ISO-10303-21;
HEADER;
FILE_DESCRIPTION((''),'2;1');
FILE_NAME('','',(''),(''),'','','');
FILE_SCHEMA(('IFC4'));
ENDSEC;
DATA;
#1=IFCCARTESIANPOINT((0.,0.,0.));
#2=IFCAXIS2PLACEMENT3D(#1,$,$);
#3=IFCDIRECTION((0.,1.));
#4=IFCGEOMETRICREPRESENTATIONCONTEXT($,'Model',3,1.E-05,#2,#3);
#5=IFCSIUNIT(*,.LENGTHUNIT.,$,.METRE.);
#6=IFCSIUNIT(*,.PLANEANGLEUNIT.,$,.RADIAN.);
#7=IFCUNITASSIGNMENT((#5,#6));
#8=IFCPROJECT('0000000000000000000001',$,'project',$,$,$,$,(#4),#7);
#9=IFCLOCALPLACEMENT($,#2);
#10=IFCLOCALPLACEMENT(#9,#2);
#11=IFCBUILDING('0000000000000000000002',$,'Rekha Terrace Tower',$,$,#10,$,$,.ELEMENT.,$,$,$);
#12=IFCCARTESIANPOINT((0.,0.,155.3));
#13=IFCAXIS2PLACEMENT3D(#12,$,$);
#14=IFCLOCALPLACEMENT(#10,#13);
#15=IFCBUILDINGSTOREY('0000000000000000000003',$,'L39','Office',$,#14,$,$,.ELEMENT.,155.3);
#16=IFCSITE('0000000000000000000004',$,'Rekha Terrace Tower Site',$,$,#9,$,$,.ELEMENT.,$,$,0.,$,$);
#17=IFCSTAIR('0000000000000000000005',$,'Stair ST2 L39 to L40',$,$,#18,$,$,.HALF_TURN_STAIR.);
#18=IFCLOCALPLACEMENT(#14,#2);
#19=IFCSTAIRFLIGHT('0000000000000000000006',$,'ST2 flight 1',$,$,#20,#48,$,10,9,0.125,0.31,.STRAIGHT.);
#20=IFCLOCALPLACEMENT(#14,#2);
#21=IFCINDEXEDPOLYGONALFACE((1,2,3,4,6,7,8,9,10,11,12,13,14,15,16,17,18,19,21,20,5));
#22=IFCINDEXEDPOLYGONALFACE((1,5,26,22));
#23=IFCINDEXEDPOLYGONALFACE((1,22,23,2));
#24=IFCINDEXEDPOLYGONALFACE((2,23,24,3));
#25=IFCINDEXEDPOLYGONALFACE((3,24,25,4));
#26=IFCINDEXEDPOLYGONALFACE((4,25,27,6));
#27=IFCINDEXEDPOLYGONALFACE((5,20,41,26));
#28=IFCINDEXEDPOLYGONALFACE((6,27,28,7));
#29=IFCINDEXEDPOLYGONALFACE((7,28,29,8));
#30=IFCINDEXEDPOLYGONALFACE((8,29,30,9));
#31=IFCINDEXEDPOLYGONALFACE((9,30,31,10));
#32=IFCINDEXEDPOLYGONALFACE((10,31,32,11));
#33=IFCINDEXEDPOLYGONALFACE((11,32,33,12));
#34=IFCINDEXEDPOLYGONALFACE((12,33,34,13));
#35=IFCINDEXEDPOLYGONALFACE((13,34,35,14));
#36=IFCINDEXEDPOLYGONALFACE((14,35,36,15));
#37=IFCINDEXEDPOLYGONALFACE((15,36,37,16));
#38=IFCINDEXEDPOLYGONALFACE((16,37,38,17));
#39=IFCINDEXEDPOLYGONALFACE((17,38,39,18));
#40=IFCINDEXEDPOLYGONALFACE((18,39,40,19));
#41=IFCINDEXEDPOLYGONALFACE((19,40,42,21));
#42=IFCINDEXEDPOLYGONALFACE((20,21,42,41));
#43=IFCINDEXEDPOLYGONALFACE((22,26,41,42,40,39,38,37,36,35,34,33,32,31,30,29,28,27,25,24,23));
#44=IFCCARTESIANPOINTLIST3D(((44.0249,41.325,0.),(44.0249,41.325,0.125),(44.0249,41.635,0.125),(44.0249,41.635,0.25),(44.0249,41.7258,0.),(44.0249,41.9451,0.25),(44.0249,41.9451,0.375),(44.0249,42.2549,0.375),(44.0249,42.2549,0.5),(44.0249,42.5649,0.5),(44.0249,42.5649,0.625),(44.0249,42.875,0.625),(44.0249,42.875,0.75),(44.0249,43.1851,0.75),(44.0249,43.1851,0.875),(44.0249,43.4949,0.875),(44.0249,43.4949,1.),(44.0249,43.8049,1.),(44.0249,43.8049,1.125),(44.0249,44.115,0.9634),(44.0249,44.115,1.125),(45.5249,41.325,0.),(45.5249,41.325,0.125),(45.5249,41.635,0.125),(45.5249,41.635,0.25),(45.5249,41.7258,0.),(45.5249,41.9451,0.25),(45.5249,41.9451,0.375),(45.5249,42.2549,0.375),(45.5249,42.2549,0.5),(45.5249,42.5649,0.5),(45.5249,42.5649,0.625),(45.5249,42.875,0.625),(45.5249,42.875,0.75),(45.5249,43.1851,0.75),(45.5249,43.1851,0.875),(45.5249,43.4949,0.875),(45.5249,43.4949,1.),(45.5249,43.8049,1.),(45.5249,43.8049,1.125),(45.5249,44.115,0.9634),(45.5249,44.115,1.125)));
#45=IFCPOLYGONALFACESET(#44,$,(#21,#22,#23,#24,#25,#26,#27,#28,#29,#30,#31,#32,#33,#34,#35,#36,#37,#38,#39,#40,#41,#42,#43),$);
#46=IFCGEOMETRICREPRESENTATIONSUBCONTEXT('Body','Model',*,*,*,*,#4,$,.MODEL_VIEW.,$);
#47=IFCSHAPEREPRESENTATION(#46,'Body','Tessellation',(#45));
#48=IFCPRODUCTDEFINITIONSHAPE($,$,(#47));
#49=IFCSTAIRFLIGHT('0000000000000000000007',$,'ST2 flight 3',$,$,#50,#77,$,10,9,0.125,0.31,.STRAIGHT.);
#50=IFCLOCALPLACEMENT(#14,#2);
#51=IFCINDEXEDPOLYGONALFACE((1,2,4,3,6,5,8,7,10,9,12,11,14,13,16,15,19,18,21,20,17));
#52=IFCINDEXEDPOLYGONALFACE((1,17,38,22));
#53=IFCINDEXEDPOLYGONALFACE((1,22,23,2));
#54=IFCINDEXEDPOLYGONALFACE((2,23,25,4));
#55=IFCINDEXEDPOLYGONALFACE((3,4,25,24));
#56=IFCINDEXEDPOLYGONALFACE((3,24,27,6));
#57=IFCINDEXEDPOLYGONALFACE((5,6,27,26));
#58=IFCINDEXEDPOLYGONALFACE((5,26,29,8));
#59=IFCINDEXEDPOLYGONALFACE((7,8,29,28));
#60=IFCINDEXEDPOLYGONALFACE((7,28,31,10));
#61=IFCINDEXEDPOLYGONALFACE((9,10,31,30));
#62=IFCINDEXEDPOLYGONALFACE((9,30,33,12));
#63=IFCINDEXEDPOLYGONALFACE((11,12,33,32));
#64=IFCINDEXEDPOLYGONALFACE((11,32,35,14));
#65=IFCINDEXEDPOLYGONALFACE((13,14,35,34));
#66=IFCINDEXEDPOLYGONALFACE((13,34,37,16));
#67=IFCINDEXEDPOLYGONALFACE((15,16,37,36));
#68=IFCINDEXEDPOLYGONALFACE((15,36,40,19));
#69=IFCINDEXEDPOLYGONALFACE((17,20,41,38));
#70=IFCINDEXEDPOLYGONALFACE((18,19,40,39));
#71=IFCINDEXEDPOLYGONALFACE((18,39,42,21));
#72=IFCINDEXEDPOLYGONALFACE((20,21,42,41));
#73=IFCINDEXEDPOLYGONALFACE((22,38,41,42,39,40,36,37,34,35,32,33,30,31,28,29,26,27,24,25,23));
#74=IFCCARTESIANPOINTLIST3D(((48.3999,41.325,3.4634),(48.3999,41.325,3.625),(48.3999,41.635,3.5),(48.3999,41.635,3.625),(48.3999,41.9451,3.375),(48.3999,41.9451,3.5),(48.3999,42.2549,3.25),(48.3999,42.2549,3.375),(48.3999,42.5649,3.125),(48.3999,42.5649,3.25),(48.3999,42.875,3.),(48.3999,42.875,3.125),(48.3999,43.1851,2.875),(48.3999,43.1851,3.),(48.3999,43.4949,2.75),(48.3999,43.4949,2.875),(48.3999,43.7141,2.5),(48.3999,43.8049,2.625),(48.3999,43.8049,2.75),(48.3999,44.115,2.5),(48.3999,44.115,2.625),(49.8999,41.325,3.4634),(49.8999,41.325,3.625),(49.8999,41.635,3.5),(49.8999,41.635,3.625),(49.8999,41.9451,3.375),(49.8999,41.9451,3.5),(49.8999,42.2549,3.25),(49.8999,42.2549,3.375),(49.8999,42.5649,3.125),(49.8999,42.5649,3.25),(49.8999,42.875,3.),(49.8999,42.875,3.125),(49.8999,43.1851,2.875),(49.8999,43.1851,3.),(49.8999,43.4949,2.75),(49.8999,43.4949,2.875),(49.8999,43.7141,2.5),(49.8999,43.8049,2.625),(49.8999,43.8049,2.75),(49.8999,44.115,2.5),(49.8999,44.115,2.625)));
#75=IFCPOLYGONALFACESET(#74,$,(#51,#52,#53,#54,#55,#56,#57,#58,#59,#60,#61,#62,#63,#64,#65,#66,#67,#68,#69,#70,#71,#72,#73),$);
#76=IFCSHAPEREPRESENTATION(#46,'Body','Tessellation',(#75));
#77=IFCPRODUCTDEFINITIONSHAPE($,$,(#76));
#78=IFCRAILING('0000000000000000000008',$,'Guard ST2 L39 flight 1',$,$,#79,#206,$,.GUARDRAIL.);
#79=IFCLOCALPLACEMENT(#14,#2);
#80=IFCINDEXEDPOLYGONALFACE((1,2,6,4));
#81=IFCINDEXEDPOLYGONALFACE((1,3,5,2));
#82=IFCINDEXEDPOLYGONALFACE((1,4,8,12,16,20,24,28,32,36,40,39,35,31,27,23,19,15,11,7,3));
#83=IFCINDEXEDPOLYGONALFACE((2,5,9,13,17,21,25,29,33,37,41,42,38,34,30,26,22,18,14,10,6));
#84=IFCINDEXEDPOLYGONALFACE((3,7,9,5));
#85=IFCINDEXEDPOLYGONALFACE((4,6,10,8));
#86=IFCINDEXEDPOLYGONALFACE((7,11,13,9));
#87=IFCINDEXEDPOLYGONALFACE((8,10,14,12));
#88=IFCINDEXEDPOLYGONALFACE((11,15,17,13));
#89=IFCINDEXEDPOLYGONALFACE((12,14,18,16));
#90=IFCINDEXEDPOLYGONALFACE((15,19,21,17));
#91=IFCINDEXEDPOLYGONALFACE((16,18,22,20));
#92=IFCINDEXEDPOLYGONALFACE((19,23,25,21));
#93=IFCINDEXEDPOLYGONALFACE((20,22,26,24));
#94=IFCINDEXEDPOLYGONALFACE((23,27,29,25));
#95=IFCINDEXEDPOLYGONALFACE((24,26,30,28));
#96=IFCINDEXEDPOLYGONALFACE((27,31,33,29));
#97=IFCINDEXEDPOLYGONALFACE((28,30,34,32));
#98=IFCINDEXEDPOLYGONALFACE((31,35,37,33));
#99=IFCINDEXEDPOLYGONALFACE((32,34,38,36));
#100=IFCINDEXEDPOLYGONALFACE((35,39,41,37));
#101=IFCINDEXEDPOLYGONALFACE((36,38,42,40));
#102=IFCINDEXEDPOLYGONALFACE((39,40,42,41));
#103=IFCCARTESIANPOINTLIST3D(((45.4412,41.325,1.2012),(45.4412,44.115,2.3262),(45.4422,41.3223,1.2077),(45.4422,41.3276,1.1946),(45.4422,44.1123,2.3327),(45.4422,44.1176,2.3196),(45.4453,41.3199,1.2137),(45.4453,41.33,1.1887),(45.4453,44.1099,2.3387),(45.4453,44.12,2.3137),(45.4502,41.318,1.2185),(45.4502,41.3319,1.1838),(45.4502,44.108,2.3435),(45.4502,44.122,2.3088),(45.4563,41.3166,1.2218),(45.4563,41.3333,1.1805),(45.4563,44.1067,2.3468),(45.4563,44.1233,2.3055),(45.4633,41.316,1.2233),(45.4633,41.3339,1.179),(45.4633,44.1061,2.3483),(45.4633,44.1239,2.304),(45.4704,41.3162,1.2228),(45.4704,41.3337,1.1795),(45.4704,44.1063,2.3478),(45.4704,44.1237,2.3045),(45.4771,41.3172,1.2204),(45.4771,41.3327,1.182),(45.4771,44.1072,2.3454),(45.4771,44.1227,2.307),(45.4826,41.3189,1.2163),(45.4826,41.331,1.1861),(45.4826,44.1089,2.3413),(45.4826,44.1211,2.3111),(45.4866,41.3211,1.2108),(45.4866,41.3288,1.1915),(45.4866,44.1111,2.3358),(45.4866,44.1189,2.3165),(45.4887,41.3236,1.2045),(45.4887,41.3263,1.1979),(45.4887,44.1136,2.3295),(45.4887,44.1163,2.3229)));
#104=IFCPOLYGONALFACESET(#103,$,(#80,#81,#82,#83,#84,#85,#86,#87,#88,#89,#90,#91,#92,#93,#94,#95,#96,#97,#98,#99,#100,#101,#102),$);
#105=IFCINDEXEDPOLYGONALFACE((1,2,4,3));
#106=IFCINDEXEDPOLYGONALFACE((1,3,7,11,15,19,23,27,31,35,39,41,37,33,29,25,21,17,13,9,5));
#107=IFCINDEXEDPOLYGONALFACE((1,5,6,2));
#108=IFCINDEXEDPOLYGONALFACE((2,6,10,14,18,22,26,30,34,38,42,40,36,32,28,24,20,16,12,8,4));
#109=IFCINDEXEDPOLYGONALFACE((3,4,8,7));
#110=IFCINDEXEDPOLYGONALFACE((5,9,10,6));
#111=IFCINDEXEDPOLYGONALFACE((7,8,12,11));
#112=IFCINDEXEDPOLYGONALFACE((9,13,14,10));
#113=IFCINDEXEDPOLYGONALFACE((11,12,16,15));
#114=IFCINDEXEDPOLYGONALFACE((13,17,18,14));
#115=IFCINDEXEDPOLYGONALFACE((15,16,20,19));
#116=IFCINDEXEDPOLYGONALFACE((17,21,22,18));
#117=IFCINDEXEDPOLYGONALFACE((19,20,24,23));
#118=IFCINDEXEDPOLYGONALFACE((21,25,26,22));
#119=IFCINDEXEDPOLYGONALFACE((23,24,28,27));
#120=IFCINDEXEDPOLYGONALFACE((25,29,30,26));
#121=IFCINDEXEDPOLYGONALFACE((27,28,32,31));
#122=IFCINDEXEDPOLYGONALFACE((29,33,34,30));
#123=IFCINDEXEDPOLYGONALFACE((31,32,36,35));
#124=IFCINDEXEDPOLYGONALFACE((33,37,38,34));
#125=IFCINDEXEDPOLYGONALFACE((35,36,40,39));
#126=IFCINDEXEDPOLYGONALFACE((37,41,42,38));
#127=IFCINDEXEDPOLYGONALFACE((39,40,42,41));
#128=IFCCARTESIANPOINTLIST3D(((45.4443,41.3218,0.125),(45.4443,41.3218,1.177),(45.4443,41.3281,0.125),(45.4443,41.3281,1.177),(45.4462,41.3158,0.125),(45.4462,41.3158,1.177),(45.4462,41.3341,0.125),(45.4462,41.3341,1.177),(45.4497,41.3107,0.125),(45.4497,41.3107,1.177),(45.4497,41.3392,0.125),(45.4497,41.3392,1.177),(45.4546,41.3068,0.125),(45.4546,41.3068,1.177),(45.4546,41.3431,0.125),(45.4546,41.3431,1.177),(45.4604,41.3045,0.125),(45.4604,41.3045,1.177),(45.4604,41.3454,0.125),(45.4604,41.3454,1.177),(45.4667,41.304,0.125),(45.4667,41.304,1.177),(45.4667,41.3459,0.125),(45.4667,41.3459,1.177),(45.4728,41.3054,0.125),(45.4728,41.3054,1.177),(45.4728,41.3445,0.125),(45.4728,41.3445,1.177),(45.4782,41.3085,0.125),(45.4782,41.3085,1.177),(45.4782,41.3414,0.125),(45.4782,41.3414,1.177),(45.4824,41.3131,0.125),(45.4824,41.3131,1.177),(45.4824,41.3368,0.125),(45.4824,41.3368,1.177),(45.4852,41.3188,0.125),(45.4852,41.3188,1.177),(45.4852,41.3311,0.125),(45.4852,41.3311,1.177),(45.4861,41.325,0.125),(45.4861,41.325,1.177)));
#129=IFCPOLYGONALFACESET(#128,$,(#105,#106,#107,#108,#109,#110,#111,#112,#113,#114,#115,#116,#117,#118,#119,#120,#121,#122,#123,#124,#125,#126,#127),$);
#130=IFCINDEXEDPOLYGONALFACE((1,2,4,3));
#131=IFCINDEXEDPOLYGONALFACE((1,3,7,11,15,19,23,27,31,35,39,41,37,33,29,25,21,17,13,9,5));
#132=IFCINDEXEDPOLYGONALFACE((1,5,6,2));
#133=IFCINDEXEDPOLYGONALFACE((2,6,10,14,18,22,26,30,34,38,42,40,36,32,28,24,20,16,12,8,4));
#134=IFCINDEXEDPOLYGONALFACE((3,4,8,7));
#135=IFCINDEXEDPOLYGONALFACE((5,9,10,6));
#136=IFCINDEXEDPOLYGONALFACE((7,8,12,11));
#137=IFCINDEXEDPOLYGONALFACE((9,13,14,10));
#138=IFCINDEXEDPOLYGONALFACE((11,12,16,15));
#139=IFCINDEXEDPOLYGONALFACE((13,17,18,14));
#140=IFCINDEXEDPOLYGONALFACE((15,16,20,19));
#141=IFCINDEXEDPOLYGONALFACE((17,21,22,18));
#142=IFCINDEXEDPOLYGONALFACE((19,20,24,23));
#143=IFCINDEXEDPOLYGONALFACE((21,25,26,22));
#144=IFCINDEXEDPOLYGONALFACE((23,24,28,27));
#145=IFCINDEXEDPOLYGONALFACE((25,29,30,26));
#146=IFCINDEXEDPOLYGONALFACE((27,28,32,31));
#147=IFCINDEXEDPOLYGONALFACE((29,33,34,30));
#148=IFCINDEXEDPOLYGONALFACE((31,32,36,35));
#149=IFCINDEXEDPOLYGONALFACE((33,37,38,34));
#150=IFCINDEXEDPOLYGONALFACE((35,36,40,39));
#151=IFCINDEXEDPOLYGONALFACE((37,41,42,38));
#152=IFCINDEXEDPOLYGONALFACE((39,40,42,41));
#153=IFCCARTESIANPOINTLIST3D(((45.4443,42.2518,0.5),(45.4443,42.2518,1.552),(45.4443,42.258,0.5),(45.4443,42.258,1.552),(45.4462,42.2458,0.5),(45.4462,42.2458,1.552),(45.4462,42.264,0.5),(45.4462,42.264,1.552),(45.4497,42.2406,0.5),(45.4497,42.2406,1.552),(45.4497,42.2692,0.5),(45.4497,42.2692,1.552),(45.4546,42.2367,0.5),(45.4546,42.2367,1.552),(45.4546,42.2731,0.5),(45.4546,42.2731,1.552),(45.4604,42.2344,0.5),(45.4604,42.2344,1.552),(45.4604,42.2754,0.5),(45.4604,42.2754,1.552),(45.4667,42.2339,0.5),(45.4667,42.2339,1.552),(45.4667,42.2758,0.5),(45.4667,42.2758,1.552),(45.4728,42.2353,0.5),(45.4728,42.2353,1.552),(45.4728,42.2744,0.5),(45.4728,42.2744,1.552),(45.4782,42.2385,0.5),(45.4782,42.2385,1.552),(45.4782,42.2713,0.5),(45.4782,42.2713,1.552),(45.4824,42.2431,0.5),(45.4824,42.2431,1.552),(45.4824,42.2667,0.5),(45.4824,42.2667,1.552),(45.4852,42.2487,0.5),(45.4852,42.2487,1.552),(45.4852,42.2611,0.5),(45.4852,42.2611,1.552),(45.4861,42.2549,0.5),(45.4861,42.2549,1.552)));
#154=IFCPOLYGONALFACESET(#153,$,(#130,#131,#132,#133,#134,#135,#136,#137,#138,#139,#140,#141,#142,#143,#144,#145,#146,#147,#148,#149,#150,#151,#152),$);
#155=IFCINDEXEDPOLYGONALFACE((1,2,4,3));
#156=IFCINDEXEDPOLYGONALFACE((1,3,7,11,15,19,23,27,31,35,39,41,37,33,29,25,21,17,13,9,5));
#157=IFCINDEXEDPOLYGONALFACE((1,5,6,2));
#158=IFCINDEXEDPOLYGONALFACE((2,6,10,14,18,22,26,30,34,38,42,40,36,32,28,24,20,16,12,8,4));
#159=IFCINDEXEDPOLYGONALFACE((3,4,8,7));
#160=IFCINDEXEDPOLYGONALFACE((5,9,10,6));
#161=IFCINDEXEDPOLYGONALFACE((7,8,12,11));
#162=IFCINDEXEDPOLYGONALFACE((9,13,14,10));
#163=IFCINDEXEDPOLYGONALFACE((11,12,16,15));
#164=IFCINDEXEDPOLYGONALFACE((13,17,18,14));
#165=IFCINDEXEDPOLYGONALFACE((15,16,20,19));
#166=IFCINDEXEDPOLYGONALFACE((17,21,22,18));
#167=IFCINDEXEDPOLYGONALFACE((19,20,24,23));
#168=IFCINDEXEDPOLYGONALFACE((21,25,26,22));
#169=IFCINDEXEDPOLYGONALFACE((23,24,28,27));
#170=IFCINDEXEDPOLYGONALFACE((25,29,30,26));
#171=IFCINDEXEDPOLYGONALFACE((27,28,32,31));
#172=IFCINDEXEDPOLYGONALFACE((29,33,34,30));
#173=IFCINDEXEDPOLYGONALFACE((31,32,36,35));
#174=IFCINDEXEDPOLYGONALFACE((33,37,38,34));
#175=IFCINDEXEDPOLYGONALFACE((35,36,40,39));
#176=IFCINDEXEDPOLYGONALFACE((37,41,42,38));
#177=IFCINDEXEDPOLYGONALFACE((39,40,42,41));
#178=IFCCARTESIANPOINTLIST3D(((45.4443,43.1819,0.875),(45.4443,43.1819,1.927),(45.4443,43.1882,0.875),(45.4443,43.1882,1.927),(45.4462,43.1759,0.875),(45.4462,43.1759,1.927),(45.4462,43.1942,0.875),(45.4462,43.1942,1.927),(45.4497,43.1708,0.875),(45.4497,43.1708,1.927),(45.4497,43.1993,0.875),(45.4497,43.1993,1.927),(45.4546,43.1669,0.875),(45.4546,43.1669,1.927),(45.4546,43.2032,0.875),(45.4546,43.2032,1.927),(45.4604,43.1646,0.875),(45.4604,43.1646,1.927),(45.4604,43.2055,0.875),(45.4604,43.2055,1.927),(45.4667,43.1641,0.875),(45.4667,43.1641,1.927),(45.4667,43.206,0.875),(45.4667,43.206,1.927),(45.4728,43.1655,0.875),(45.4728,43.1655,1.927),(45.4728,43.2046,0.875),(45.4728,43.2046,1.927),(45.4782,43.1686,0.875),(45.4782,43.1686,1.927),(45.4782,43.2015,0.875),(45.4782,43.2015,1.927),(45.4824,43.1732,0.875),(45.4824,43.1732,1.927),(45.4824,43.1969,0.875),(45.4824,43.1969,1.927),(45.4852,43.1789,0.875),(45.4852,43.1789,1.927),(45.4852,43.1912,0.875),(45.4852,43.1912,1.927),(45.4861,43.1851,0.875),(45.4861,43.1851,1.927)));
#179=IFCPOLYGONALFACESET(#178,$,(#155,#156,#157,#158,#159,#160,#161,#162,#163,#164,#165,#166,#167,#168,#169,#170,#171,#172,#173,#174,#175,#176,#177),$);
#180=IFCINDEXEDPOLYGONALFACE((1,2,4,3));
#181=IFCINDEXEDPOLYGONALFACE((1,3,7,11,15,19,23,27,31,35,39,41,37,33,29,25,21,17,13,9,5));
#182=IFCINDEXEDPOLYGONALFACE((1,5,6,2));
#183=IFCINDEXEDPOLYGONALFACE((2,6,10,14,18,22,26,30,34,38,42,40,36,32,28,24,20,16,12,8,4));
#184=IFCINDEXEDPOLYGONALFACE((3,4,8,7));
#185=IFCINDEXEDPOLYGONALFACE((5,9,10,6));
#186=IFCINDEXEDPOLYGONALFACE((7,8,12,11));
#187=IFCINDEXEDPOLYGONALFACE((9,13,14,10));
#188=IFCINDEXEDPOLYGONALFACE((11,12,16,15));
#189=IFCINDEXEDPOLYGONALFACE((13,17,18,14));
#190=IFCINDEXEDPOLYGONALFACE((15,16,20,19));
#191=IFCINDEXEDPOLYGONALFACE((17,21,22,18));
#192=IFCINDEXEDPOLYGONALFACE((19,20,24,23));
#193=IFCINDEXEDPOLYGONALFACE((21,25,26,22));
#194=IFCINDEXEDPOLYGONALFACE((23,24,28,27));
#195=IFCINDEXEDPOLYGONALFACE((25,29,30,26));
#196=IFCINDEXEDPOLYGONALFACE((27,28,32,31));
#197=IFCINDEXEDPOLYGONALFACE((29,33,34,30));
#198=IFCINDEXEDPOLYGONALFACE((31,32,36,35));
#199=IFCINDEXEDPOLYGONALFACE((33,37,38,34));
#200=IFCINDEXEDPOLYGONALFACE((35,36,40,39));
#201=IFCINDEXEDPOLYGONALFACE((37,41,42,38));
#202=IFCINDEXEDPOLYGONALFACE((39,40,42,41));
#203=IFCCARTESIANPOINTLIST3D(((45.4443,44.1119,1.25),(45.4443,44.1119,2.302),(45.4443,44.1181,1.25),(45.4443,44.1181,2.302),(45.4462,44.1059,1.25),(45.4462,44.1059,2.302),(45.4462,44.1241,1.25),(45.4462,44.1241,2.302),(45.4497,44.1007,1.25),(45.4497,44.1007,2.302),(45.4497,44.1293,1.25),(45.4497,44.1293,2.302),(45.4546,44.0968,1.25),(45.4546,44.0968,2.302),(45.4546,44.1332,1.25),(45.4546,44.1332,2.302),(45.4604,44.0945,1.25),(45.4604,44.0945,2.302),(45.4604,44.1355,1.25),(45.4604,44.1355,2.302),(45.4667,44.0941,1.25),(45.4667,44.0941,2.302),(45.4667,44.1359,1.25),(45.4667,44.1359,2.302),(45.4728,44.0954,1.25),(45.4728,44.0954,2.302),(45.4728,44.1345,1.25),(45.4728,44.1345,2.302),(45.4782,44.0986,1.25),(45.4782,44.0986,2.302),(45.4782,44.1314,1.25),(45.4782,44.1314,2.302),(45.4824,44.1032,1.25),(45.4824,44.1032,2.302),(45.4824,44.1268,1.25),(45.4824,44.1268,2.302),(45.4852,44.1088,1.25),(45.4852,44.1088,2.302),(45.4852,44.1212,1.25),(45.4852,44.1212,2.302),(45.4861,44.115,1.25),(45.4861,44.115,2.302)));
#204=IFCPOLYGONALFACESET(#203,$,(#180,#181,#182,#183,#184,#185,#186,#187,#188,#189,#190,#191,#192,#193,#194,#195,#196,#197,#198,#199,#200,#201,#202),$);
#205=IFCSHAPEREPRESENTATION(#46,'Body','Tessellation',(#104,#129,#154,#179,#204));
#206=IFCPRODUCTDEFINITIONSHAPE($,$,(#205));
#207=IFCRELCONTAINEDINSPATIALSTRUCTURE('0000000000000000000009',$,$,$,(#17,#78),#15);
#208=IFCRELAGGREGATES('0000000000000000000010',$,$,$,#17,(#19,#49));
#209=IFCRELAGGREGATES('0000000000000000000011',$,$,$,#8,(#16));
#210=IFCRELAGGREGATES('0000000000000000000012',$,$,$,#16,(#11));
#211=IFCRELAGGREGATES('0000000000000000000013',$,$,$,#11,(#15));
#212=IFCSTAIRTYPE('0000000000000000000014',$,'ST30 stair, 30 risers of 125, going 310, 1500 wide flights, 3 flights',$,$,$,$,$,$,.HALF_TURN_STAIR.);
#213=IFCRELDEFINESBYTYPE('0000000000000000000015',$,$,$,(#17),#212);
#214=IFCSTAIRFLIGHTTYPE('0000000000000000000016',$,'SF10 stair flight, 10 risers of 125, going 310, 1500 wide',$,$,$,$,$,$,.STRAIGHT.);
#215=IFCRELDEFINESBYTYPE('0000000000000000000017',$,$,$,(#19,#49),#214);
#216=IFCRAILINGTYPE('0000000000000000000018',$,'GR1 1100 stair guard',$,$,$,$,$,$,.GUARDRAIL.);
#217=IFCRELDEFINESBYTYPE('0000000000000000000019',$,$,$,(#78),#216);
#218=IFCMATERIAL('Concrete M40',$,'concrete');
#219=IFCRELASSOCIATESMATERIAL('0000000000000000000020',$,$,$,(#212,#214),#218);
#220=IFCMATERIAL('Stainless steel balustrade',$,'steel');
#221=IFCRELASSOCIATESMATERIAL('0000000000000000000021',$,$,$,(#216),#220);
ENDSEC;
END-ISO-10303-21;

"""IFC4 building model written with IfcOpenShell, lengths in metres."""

from ifc_helpers import new_model, si_unit, direction, frame, origin, origin_2d, place, context, subcontext, project, spatial, polyline, circle, outline, extrude, material, type_object, element, aggregate, save


model = new_model("IFC4")

# Units and contexts
model_context = context("Model", 3, precision=1e-05, world=origin(), true_north=direction((0.0, 1.0)))
body_context = subcontext(model_context, "Body", "Model", "MODEL_VIEW")
ifc_project = project(units=[si_unit("LENGTHUNIT", "METRE"), si_unit("PLANEANGLEUNIT", "RADIAN")], contexts=[model_context])

# Site, building, storey
site_placement = place(None, origin())
site = spatial("IfcSite", under=ifc_project, at=site_placement, Name="Rekha Terrace Tower Site", CompositionType="ELEMENT", RefElevation=0.0)
building_placement = place(site_placement, origin())
building = spatial("IfcBuilding", under=site, at=building_placement, Name="Rekha Terrace Tower", CompositionType="ELEMENT")
storey_placement = place(building_placement, frame((0.0, 0.0, 155.3)))
storey = spatial("IfcBuildingStorey", under=building, at=storey_placement, Name="L39", Description="Office", CompositionType="ELEMENT", Elevation=155.3)

# Stair, stair flights
ifc_material_1 = material(Name="Concrete M40", Category="concrete")
stair_type = type_object("IfcStairType", Name="ST30 stair, 30 risers of 125, going 310, 1500 wide flights, 3 flights", PredefinedType="HALF_TURN_STAIR", material=ifc_material_1)
stair_placement = place(storey_placement, origin())
stair = element("IfcStair", 1, at=stair_placement, inside=storey, type_object=stair_type, Name="Stair ST2 L39 to L40", PredefinedType="HALF_TURN_STAIR")
stair_flight_type = type_object("IfcStairFlightType", Name="SF10 stair flight, 10 risers of 125, going 310, 1500 wide", PredefinedType="STRAIGHT", material=ifc_material_1)
stair_flight_1_placement = place(storey_placement, frame((44.7749, 41.325, 0.0), z_axis=(0.0, 0.0, 1.0), x_axis=(0.0, 1.0, 0.0)))
stair_flight_1 = element("IfcStairFlight", 2, at=stair_flight_1_placement, type_object=stair_flight_type, Name="ST2 flight 1", NumberOfRisers=10, NumberOfTreads=9, PredefinedType="STRAIGHT", RiserHeight=0.125, TreadLength=0.31, context=body_context, shape_type="SweptSolid", body=[
    extrude(outline(polyline([(0.0, 0.0), (0.0, 0.125), (0.3101, 0.125), (0.3101, 0.25), (0.6201, 0.25), (0.6201, 0.375), (0.9299, 0.375), (0.9299, 0.5), (1.24, 0.5), (1.24, 0.625), (1.55, 0.625), (1.55, 0.75), (1.8601, 0.75), (1.8601, 0.875), (2.1699, 0.875), (2.1699, 1.0), (2.48, 1.0), (2.48, 1.125), (2.79, 1.125), (2.79, 1.25), (2.79, 0.9634), (0.4009, 0.0), (0.0, 0.0)])), frame((0.0, 0.75, 0.0), z_axis=(0.0, -1.0, 0.0), x_axis=(1.0, 0.0, 0.0)), (0.0, 0.0, 1.0), 1.5),
])
stair_flight_2_placement = place(storey_placement, frame((49.1499, 44.115, 2.5), z_axis=(0.0, 0.0, 1.0), x_axis=(0.0, -1.0, 0.0)))
stair_flight_2 = element("IfcStairFlight", 3, at=stair_flight_2_placement, type_object=stair_flight_type, Name="ST2 flight 3", NumberOfRisers=10, NumberOfTreads=9, PredefinedType="STRAIGHT", RiserHeight=0.125, TreadLength=0.31, context=body_context, shape_type="SweptSolid", body=[
    extrude(outline(polyline([(0.0, 0.0), (0.0, 0.125), (0.3101, 0.125), (0.3101, 0.25), (0.6201, 0.25), (0.6201, 0.375), (0.9299, 0.375), (0.9299, 0.5), (1.24, 0.5), (1.24, 0.625), (1.55, 0.625), (1.55, 0.75), (1.8601, 0.75), (1.8601, 0.875), (2.1699, 0.875), (2.1699, 1.0), (2.48, 1.0), (2.48, 1.125), (2.79, 1.125), (2.79, 1.25), (2.79, 0.9634), (0.4009, 0.0), (0.0, 0.0)])), frame((0.0, 0.75, 0.0), z_axis=(0.0, -1.0, 0.0), x_axis=(1.0, 0.0, 0.0)), (0.0, 0.0, 1.0), 1.5),
])
aggregate(stair, [stair_flight_1, stair_flight_2])

# Railing
ifc_material_2 = material(Name="Stainless steel balustrade", Category="steel")
railing_type_1 = type_object("IfcRailingType", Name="GR1 1100 stair guard", PredefinedType="GUARDRAIL", material=ifc_material_2)
railing_1_placement = place(storey_placement, frame((45.4651, 41.325, 0.125)))
element("IfcRailing", 4, at=railing_1_placement, inside=storey, type_object=railing_type_1, Name="Guard ST2 L39 flight 1", PredefinedType="GUARDRAIL", context=body_context, shape_type="SweptSolid", body=[
    extrude(circle(Radius=0.0239, at=origin_2d()), frame((0.0, 0.0, 1.0762), z_axis=(0.0, 0.927443, 0.373964), x_axis=(-1.0, 0.0, 0.0)), (0.0, 0.0, 1.0), 3.0083),
    extrude(circle(Radius=0.021, at=origin_2d()), origin(), (0.0, 0.0, 1.0), 1.052),
    extrude(circle(Radius=0.021, at=origin_2d()), frame((0.0, 0.9299, 0.375)), (0.0, 0.0, 1.0), 1.052),
    extrude(circle(Radius=0.021, at=origin_2d()), frame((0.0, 1.8601, 0.75)), (0.0, 0.0, 1.0), 1.052),
    extrude(circle(Radius=0.021, at=origin_2d()), frame((0.0, 2.79, 1.125)), (0.0, 0.0, 1.0), 1.052),
])

save(model, "model.ifc")
